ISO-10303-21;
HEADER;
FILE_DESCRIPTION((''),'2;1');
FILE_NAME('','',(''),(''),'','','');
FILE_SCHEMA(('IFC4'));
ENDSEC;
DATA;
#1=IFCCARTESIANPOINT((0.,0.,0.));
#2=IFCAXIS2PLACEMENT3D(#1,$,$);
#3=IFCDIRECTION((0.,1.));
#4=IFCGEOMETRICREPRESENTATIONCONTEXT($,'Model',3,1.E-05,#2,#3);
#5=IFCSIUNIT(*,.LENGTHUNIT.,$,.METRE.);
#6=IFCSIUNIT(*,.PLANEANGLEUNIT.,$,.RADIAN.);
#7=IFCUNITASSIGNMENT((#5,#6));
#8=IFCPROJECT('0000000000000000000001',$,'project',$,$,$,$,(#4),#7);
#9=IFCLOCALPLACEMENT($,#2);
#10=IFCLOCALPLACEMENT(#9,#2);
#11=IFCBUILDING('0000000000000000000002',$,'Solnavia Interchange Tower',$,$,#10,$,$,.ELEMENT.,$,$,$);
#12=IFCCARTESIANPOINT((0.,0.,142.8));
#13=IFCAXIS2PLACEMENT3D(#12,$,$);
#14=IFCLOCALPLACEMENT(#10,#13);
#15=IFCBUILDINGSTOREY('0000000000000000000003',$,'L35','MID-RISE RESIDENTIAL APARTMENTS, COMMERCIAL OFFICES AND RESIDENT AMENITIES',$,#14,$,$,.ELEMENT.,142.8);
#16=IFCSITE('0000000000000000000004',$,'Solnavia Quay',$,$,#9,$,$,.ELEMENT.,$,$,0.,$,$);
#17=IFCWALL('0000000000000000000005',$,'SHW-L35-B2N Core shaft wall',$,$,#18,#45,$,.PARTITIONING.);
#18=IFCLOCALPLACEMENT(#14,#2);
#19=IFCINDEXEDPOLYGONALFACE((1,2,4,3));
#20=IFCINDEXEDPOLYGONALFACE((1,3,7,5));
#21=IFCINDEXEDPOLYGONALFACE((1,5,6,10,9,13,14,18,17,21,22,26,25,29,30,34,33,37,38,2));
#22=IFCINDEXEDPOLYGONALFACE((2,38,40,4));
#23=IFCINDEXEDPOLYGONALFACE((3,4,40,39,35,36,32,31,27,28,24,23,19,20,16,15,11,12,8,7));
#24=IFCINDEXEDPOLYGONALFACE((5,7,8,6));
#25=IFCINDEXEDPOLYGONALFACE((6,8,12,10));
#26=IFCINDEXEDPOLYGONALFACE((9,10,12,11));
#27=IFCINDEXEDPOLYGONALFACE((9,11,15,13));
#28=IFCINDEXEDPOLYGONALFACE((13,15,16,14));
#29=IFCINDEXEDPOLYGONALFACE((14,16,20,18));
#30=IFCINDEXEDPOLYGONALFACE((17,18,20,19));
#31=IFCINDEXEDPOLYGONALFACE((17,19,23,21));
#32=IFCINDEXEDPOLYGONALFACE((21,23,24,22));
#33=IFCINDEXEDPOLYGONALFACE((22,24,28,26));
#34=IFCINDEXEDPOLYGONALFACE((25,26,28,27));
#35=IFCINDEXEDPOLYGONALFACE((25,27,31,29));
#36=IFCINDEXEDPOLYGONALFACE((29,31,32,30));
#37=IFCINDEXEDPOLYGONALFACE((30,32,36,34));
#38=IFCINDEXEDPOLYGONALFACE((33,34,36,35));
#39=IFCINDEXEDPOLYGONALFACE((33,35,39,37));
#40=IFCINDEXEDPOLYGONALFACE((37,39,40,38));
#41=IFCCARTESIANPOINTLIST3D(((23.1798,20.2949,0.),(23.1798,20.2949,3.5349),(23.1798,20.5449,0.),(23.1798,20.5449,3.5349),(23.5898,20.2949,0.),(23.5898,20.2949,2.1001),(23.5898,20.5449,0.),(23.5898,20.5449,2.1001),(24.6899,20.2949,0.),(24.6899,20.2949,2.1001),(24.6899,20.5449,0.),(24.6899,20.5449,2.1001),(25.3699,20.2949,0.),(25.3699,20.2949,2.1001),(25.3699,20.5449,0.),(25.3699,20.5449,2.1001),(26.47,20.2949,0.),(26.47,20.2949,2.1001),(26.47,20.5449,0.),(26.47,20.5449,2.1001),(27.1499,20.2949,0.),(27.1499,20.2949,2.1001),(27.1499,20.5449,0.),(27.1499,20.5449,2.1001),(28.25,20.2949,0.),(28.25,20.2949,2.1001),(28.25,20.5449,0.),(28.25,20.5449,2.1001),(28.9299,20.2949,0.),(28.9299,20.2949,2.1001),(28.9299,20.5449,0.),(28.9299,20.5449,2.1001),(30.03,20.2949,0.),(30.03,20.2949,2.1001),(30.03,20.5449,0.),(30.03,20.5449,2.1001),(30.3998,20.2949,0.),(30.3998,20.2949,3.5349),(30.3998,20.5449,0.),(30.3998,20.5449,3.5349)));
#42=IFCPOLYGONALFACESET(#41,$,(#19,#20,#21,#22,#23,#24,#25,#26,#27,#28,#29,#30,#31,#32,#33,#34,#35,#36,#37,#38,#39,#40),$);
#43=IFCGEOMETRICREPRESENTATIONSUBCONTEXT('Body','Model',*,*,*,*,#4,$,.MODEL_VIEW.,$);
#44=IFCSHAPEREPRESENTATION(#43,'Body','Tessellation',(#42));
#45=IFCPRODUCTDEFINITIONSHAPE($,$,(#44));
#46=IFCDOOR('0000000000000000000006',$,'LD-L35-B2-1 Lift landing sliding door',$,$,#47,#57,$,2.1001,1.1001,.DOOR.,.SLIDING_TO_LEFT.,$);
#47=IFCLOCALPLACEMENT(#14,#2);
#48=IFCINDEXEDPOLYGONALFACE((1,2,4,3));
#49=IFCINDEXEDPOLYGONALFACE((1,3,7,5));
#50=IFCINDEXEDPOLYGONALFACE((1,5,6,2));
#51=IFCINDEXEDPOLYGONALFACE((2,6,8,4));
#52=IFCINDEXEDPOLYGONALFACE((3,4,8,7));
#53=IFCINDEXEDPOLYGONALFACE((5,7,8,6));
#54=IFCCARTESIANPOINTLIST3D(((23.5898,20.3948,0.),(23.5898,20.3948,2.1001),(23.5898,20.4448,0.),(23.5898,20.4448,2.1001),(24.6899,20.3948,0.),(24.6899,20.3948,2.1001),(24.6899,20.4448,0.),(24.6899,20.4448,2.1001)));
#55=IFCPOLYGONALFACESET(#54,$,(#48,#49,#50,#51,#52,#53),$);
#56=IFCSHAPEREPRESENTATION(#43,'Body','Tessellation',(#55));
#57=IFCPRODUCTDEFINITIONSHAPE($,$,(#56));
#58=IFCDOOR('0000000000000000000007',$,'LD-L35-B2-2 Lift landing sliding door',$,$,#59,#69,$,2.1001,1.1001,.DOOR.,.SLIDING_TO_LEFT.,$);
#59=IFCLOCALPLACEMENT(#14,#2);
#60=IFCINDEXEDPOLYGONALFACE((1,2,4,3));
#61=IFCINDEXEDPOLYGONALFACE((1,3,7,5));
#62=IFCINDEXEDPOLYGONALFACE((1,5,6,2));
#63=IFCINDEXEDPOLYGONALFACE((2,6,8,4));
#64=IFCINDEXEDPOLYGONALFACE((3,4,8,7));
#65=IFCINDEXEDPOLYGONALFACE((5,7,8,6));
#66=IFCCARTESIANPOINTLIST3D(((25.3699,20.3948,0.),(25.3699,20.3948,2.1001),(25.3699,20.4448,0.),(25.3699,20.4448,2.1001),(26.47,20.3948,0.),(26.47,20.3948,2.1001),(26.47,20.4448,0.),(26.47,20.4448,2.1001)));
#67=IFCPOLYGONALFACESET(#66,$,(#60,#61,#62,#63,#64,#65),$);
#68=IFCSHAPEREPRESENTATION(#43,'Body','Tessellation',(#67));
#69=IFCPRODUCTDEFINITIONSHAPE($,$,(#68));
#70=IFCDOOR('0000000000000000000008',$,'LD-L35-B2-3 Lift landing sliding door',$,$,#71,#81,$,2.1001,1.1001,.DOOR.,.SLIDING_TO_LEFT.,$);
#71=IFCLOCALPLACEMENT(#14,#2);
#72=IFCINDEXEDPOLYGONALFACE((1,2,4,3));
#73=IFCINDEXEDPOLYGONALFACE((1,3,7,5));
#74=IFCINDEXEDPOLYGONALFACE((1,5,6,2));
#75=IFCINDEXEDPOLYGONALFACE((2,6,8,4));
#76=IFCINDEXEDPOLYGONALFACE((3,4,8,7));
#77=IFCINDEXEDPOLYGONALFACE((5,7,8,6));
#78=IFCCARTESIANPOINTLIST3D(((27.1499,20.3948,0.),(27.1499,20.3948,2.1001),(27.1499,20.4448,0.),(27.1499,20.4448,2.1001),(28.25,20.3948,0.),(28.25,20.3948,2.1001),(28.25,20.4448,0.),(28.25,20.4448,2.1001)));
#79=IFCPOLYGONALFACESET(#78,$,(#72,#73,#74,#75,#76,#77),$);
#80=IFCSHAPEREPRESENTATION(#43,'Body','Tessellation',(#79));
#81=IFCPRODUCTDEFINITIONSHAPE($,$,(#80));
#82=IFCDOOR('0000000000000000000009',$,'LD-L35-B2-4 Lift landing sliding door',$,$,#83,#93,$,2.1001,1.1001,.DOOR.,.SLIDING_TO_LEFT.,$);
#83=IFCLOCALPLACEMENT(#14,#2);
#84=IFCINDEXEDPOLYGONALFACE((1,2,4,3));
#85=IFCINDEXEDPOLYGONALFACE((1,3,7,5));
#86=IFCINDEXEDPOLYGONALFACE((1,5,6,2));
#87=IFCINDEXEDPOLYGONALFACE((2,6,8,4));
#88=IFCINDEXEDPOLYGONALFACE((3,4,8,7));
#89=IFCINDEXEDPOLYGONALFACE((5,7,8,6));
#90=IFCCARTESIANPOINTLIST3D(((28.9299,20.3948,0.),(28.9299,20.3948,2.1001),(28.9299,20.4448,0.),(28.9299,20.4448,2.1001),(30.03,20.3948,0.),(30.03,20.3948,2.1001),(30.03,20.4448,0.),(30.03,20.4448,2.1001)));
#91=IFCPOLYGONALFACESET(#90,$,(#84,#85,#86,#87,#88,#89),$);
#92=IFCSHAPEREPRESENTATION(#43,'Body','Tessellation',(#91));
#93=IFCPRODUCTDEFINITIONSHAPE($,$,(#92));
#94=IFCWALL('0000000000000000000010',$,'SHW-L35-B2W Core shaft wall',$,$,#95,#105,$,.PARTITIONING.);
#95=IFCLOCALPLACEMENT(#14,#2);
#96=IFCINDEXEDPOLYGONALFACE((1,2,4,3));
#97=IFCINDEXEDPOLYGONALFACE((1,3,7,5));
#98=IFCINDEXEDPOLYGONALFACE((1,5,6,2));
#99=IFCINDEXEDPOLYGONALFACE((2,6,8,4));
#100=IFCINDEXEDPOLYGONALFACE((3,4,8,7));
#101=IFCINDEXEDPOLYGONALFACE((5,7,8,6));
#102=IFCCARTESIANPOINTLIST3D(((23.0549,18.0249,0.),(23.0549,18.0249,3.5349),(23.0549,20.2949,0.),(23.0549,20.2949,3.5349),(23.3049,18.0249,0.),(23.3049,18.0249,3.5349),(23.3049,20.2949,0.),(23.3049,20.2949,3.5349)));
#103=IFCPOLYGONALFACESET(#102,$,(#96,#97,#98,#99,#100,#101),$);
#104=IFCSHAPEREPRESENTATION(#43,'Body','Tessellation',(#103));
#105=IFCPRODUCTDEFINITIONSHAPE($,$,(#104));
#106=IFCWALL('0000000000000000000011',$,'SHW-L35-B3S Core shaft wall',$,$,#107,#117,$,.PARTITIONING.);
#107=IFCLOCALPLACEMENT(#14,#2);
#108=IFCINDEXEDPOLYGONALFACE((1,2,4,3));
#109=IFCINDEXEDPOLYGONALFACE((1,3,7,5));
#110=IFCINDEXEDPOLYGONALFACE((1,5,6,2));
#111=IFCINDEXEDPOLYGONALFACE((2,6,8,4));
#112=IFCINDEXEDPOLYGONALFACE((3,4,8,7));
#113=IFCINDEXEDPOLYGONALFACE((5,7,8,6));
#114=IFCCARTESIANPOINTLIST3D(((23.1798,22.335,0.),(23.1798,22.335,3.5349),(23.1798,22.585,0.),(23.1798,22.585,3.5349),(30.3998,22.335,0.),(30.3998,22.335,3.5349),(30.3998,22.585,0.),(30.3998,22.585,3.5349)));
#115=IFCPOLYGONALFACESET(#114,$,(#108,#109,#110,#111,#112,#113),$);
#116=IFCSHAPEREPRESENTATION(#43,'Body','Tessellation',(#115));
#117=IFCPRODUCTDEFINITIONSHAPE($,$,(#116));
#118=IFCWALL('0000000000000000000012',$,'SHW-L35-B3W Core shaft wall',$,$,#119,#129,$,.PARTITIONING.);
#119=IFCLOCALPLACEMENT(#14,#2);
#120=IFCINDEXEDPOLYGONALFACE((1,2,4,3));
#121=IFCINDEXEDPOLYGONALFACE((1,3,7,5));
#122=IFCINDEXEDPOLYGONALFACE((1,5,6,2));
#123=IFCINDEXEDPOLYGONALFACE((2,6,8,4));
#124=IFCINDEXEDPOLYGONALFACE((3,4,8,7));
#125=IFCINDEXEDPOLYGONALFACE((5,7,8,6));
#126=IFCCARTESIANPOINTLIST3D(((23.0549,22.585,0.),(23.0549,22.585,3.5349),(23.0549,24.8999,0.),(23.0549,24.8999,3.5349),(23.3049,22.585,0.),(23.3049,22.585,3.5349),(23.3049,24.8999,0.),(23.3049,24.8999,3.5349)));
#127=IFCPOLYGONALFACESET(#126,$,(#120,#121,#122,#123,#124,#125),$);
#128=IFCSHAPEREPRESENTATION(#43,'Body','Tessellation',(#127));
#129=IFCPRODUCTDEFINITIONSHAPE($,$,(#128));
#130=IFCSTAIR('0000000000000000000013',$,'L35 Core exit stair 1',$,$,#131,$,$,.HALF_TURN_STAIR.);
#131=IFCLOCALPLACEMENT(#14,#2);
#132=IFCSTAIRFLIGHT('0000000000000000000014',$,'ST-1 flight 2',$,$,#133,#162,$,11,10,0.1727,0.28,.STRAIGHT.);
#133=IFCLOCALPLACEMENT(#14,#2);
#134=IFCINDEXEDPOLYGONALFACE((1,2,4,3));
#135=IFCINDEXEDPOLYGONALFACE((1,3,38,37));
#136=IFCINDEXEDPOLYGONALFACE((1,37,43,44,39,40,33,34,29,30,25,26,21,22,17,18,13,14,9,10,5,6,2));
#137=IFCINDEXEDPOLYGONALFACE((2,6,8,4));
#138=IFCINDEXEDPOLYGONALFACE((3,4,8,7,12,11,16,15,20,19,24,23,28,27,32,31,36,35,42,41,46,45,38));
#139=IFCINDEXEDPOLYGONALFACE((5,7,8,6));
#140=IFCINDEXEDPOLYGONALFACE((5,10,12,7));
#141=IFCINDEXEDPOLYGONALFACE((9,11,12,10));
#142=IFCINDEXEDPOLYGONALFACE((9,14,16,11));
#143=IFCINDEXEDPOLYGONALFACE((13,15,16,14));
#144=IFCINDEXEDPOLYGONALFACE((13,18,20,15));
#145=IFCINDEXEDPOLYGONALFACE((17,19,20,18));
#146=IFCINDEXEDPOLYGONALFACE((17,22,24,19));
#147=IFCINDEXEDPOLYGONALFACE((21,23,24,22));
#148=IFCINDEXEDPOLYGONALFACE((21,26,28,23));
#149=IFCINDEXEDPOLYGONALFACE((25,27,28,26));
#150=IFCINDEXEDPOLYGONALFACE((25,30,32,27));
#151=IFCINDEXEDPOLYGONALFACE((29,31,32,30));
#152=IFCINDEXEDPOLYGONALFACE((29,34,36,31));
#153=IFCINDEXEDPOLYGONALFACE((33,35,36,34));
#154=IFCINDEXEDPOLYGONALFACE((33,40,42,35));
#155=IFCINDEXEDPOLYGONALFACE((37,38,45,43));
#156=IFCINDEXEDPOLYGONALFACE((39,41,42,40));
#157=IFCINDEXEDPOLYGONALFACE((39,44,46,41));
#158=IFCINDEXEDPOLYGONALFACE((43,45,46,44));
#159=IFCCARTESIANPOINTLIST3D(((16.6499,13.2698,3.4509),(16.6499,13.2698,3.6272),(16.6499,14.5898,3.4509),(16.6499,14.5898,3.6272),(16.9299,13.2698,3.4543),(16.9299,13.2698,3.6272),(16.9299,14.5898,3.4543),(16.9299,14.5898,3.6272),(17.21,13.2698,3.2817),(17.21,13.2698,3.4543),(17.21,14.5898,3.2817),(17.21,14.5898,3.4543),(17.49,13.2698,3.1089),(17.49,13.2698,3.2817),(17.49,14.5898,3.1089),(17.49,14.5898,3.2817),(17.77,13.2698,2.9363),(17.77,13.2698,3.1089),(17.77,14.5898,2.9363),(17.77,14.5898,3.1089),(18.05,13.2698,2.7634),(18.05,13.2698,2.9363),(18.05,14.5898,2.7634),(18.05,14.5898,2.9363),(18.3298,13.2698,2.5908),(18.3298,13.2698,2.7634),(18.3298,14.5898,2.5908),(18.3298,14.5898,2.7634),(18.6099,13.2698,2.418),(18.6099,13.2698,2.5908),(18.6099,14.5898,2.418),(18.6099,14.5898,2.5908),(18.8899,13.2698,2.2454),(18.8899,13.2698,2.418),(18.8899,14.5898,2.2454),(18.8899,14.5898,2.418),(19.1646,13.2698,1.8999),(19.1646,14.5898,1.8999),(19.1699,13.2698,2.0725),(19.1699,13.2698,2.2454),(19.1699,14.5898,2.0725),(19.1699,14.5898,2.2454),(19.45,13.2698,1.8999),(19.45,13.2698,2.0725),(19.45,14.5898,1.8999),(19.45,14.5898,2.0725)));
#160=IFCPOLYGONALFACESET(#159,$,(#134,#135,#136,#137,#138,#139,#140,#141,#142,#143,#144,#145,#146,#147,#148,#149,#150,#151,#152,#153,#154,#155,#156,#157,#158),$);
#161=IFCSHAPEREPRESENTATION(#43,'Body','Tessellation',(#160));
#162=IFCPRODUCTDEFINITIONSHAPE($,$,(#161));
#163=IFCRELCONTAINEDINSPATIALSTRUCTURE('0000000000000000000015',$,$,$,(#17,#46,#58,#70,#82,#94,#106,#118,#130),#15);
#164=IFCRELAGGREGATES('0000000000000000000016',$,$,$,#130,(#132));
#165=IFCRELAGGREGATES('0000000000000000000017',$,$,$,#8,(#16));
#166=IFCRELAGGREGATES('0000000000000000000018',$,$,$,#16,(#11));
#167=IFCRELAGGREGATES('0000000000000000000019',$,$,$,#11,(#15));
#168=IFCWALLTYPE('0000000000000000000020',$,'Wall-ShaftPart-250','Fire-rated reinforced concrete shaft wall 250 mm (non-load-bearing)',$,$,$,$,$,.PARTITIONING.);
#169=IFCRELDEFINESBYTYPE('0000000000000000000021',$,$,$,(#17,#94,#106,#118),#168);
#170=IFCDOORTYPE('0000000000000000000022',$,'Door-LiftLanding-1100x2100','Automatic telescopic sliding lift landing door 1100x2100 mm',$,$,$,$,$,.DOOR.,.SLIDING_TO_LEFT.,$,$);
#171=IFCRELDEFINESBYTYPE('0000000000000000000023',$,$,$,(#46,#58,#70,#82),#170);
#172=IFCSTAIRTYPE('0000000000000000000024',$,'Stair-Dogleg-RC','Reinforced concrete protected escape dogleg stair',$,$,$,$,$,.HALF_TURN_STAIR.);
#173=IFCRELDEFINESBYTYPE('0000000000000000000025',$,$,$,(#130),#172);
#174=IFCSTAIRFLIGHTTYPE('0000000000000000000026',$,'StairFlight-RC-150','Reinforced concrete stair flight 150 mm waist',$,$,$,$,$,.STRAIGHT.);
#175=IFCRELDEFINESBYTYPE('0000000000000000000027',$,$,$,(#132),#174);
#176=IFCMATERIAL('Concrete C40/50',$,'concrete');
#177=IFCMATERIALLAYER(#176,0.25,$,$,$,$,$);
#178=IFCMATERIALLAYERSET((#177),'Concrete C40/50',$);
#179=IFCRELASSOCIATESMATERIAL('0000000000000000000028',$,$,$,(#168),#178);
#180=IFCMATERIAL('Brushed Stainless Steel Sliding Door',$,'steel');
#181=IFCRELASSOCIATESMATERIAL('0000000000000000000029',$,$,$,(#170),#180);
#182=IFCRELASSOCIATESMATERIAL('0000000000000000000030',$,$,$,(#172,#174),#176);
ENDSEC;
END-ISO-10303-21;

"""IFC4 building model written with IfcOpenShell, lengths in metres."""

from ifc_helpers import new_model, si_unit, direction, frame, frame_2d, origin, place, context, subcontext, project, spatial, polyline, rectangle, outline, extrude, material, layer, layer_set, type_object, element, fill, aggregate, save


model = new_model("IFC4")

# Units and contexts
model_context = context("Model", 3, precision=1e-05, world=origin(), true_north=direction((0.0, 1.0)))
body_context = subcontext(model_context, "Body", "Model", "MODEL_VIEW")
ifc_project = project(units=[si_unit("LENGTHUNIT", "METRE"), si_unit("PLANEANGLEUNIT", "RADIAN")], contexts=[model_context])

# Site, building, storey
site_placement = place(None, origin())
site = spatial("IfcSite", under=ifc_project, at=site_placement, Name="Solnavia Quay", CompositionType="ELEMENT", RefElevation=0.0)
building_placement = place(site_placement, origin())
building = spatial("IfcBuilding", under=site, at=building_placement, Name="Solnavia Interchange Tower", CompositionType="ELEMENT")
storey_placement = place(building_placement, frame((0.0, 0.0, 142.8)))
storey = spatial("IfcBuildingStorey", under=building, at=storey_placement, Name="L35", Description="MID-RISE RESIDENTIAL APARTMENTS, COMMERCIAL OFFICES AND RESIDENT AMENITIES", CompositionType="ELEMENT", Elevation=142.8)

# Shared definitions
ifc_material_1 = material(Name="Concrete C40/50", Category="concrete")

# Shared definitions
ifc_layer_1 = layer(ifc_material_1, 0.25)
ifc_layer_set_1 = layer_set([ifc_layer_1], Name="Concrete C40/50")
wall_type_1 = type_object("IfcWallType", Name="Wall-ShaftPart-250", Description="Fire-rated reinforced concrete shaft wall 250 mm (non-load-bearing)", PredefinedType="PARTITIONING", material=ifc_layer_set_1)
ifc_material_2 = material(Name="Brushed Stainless Steel Sliding Door", Category="steel")
door_type_1 = type_object("IfcDoorType", Name="Door-LiftLanding-1100x2100", Description="Automatic telescopic sliding lift landing door 1100x2100 mm", OperationType="SLIDING_TO_LEFT", PredefinedType="DOOR", material=ifc_material_2)

# Wall, openings, doors
wall_1_placement = place(storey_placement, frame((23.1799, 20.4199, 0.0), z_axis=(0.0, 0.0, 1.0), x_axis=(1.0, 0.0, 0.0)))
wall_1 = element("IfcWall", 1, at=wall_1_placement, inside=storey, type_object=wall_type_1, Name="SHW-L35-B2N Core shaft wall", PredefinedType="PARTITIONING", context=body_context, shape_type="SweptSolid", body=[
    extrude(rectangle(XDim=7.22, YDim=0.25, at=frame_2d((3.6099, 0.0))), origin(), (0.0, 0.0, 1.0), 3.5349),
])
opening_1_placement = place(wall_1_placement, frame((0.4099, 0.0, 0.0)))
opening_1 = element("IfcOpeningElement", 2, at=opening_1_placement, cuts=wall_1, PredefinedType="OPENING", context=body_context, shape_type="SweptSolid", body=[
    extrude(rectangle(XDim=1.1001, YDim=2.1001, at=frame_2d((0.55, 1.05))), frame((0.0, 0.135, 0.0), z_axis=(0.0, -1.0, 0.0), x_axis=(1.0, 0.0, 0.0)), (0.0, 0.0, 1.0), 0.27),
])
opening_2_placement = place(wall_1_placement, frame((2.1899, 0.0, 0.0)))
opening_2 = element("IfcOpeningElement", 3, at=opening_2_placement, cuts=wall_1, PredefinedType="OPENING", context=body_context, shape_type="SweptSolid", body=[
    extrude(rectangle(XDim=1.1001, YDim=2.1001, at=frame_2d((0.55, 1.05))), frame((0.0, 0.135, 0.0), z_axis=(0.0, -1.0, 0.0), x_axis=(1.0, 0.0, 0.0)), (0.0, 0.0, 1.0), 0.27),
])
opening_3_placement = place(wall_1_placement, frame((3.97, 0.0, 0.0)))
opening_3 = element("IfcOpeningElement", 4, at=opening_3_placement, cuts=wall_1, PredefinedType="OPENING", context=body_context, shape_type="SweptSolid", body=[
    extrude(rectangle(XDim=1.1001, YDim=2.1001, at=frame_2d((0.55, 1.05))), frame((0.0, 0.135, 0.0), z_axis=(0.0, -1.0, 0.0), x_axis=(1.0, 0.0, 0.0)), (0.0, 0.0, 1.0), 0.27),
])
opening_4_placement = place(wall_1_placement, frame((5.75, 0.0, 0.0)))
opening_4 = element("IfcOpeningElement", 5, at=opening_4_placement, cuts=wall_1, PredefinedType="OPENING", context=body_context, shape_type="SweptSolid", body=[
    extrude(rectangle(XDim=1.1001, YDim=2.1001, at=frame_2d((0.55, 1.05))), frame((0.0, 0.135, 0.0), z_axis=(0.0, -1.0, 0.0), x_axis=(1.0, 0.0, 0.0)), (0.0, 0.0, 1.0), 0.27),
])
door_1_placement = place(opening_1_placement, origin())
door_1 = element("IfcDoor", 6, at=door_1_placement, inside=storey, type_object=door_type_1, Name="LD-L35-B2-1 Lift landing sliding door", OperationType="SLIDING_TO_LEFT", OverallHeight=2.1001, OverallWidth=1.1001, PredefinedType="DOOR", context=body_context, shape_type="SweptSolid", body=[
    extrude(rectangle(XDim=1.1001, YDim=2.1001, at=frame_2d((0.55, 1.05))), frame((0.0, 0.0249, 0.0), z_axis=(0.0, -1.0, 0.0), x_axis=(1.0, 0.0, 0.0)), (0.0, 0.0, 1.0), 0.05),
])
fill(opening_1, door_1)
door_2_placement = place(opening_2_placement, origin())
door_2 = element("IfcDoor", 7, at=door_2_placement, inside=storey, type_object=door_type_1, Name="LD-L35-B2-2 Lift landing sliding door", OperationType="SLIDING_TO_LEFT", OverallHeight=2.1001, OverallWidth=1.1001, PredefinedType="DOOR", context=body_context, shape_type="SweptSolid", body=[
    extrude(rectangle(XDim=1.1001, YDim=2.1001, at=frame_2d((0.55, 1.05))), frame((0.0, 0.0249, 0.0), z_axis=(0.0, -1.0, 0.0), x_axis=(1.0, 0.0, 0.0)), (0.0, 0.0, 1.0), 0.05),
])
fill(opening_2, door_2)
door_3_placement = place(opening_3_placement, origin())
door_3 = element("IfcDoor", 8, at=door_3_placement, inside=storey, type_object=door_type_1, Name="LD-L35-B2-3 Lift landing sliding door", OperationType="SLIDING_TO_LEFT", OverallHeight=2.1001, OverallWidth=1.1001, PredefinedType="DOOR", context=body_context, shape_type="SweptSolid", body=[
    extrude(rectangle(XDim=1.1001, YDim=2.1001, at=frame_2d((0.55, 1.05))), frame((0.0, 0.0249, 0.0), z_axis=(0.0, -1.0, 0.0), x_axis=(1.0, 0.0, 0.0)), (0.0, 0.0, 1.0), 0.05),
])
fill(opening_3, door_3)
door_4_placement = place(opening_4_placement, origin())
door_4 = element("IfcDoor", 9, at=door_4_placement, inside=storey, type_object=door_type_1, Name="LD-L35-B2-4 Lift landing sliding door", OperationType="SLIDING_TO_LEFT", OverallHeight=2.1001, OverallWidth=1.1001, PredefinedType="DOOR", context=body_context, shape_type="SweptSolid", body=[
    extrude(rectangle(XDim=1.1001, YDim=2.1001, at=frame_2d((0.55, 1.05))), frame((0.0, 0.0249, 0.0), z_axis=(0.0, -1.0, 0.0), x_axis=(1.0, 0.0, 0.0)), (0.0, 0.0, 1.0), 0.05),
])
fill(opening_4, door_4)

# Walls
wall_2_placement = place(storey_placement, frame((23.1799, 18.0249, 0.0), z_axis=(0.0, 0.0, 1.0), x_axis=(0.0, 1.0, 0.0)))
element("IfcWall", 10, at=wall_2_placement, inside=storey, type_object=wall_type_1, Name="SHW-L35-B2W Core shaft wall", PredefinedType="PARTITIONING", context=body_context, shape_type="SweptSolid", body=[
    extrude(rectangle(XDim=2.27, YDim=0.25, at=frame_2d((1.135, 0.0))), origin(), (0.0, 0.0, 1.0), 3.5349),
])
wall_3_placement = place(storey_placement, frame((23.1799, 22.46, 0.0), z_axis=(0.0, 0.0, 1.0), x_axis=(1.0, 0.0, 0.0)))
element("IfcWall", 11, at=wall_3_placement, inside=storey, type_object=wall_type_1, Name="SHW-L35-B3S Core shaft wall", PredefinedType="PARTITIONING", context=body_context, shape_type="SweptSolid", body=[
    extrude(rectangle(XDim=7.22, YDim=0.25, at=frame_2d((3.6099, 0.0))), origin(), (0.0, 0.0, 1.0), 3.5349),
])
wall_4_placement = place(storey_placement, frame((23.1799, 22.585, 0.0), z_axis=(0.0, 0.0, 1.0), x_axis=(0.0, 1.0, 0.0)))
element("IfcWall", 12, at=wall_4_placement, inside=storey, type_object=wall_type_1, Name="SHW-L35-B3W Core shaft wall", PredefinedType="PARTITIONING", context=body_context, shape_type="SweptSolid", body=[
    extrude(rectangle(XDim=2.3149, YDim=0.25, at=frame_2d((1.1575, 0.0))), origin(), (0.0, 0.0, 1.0), 3.5349),
])

# Stair, stair flight
stair_type = type_object("IfcStairType", Name="Stair-Dogleg-RC", Description="Reinforced concrete protected escape dogleg stair", PredefinedType="HALF_TURN_STAIR", material=ifc_material_1)
stair_1_placement = place(storey_placement, origin())
stair_1 = element("IfcStair", 13, at=stair_1_placement, inside=storey, type_object=stair_type, Name="L35 Core exit stair 1", PredefinedType="HALF_TURN_STAIR")
stair_flight_type = type_object("IfcStairFlightType", Name="StairFlight-RC-150", Description="Reinforced concrete stair flight 150 mm waist", PredefinedType="STRAIGHT", material=ifc_material_1)
stair_flight_1_placement = place(storey_placement, frame((19.45, 13.9299, 1.8999), z_axis=(0.0, 0.0, 1.0), x_axis=(-1.0, 0.0, 0.0)))
stair_flight_1 = element("IfcStairFlight", 14, at=stair_flight_1_placement, type_object=stair_flight_type, Name="ST-1 flight 2", NumberOfRisers=11, NumberOfTreads=10, PredefinedType="STRAIGHT", RiserHeight=0.1727, TreadLength=0.28, context=body_context, shape_type="SweptSolid", body=[
    extrude(outline(polyline([(0.0, 0.0), (0.0, 0.1726), (0.28, 0.1726), (0.28, 0.3455), (0.5601, 0.3455), (0.5601, 0.5181), (0.8401, 0.5181), (0.8401, 0.6909), (1.1201, 0.6909), (1.1201, 0.8635), (1.3999, 0.8635), (1.3999, 1.0364), (1.6799, 1.0364), (1.6799, 1.209), (1.96, 1.209), (1.96, 1.3818), (2.24, 1.3818), (2.24, 1.5544), (2.52, 1.5544), (2.52, 1.7273), (2.8, 1.7273), (2.8, 1.8999), (2.8, 1.551), (0.2854, 0.0), (0.0, 0.0)])), frame((0.0, 0.6602, 0.0), z_axis=(0.0, -1.0, 0.0), x_axis=(1.0, 0.0, 0.0)), (0.0, 0.0, 1.0), 1.3201),
])
aggregate(stair_1, [stair_flight_1])

save(model, "model.ifc")
